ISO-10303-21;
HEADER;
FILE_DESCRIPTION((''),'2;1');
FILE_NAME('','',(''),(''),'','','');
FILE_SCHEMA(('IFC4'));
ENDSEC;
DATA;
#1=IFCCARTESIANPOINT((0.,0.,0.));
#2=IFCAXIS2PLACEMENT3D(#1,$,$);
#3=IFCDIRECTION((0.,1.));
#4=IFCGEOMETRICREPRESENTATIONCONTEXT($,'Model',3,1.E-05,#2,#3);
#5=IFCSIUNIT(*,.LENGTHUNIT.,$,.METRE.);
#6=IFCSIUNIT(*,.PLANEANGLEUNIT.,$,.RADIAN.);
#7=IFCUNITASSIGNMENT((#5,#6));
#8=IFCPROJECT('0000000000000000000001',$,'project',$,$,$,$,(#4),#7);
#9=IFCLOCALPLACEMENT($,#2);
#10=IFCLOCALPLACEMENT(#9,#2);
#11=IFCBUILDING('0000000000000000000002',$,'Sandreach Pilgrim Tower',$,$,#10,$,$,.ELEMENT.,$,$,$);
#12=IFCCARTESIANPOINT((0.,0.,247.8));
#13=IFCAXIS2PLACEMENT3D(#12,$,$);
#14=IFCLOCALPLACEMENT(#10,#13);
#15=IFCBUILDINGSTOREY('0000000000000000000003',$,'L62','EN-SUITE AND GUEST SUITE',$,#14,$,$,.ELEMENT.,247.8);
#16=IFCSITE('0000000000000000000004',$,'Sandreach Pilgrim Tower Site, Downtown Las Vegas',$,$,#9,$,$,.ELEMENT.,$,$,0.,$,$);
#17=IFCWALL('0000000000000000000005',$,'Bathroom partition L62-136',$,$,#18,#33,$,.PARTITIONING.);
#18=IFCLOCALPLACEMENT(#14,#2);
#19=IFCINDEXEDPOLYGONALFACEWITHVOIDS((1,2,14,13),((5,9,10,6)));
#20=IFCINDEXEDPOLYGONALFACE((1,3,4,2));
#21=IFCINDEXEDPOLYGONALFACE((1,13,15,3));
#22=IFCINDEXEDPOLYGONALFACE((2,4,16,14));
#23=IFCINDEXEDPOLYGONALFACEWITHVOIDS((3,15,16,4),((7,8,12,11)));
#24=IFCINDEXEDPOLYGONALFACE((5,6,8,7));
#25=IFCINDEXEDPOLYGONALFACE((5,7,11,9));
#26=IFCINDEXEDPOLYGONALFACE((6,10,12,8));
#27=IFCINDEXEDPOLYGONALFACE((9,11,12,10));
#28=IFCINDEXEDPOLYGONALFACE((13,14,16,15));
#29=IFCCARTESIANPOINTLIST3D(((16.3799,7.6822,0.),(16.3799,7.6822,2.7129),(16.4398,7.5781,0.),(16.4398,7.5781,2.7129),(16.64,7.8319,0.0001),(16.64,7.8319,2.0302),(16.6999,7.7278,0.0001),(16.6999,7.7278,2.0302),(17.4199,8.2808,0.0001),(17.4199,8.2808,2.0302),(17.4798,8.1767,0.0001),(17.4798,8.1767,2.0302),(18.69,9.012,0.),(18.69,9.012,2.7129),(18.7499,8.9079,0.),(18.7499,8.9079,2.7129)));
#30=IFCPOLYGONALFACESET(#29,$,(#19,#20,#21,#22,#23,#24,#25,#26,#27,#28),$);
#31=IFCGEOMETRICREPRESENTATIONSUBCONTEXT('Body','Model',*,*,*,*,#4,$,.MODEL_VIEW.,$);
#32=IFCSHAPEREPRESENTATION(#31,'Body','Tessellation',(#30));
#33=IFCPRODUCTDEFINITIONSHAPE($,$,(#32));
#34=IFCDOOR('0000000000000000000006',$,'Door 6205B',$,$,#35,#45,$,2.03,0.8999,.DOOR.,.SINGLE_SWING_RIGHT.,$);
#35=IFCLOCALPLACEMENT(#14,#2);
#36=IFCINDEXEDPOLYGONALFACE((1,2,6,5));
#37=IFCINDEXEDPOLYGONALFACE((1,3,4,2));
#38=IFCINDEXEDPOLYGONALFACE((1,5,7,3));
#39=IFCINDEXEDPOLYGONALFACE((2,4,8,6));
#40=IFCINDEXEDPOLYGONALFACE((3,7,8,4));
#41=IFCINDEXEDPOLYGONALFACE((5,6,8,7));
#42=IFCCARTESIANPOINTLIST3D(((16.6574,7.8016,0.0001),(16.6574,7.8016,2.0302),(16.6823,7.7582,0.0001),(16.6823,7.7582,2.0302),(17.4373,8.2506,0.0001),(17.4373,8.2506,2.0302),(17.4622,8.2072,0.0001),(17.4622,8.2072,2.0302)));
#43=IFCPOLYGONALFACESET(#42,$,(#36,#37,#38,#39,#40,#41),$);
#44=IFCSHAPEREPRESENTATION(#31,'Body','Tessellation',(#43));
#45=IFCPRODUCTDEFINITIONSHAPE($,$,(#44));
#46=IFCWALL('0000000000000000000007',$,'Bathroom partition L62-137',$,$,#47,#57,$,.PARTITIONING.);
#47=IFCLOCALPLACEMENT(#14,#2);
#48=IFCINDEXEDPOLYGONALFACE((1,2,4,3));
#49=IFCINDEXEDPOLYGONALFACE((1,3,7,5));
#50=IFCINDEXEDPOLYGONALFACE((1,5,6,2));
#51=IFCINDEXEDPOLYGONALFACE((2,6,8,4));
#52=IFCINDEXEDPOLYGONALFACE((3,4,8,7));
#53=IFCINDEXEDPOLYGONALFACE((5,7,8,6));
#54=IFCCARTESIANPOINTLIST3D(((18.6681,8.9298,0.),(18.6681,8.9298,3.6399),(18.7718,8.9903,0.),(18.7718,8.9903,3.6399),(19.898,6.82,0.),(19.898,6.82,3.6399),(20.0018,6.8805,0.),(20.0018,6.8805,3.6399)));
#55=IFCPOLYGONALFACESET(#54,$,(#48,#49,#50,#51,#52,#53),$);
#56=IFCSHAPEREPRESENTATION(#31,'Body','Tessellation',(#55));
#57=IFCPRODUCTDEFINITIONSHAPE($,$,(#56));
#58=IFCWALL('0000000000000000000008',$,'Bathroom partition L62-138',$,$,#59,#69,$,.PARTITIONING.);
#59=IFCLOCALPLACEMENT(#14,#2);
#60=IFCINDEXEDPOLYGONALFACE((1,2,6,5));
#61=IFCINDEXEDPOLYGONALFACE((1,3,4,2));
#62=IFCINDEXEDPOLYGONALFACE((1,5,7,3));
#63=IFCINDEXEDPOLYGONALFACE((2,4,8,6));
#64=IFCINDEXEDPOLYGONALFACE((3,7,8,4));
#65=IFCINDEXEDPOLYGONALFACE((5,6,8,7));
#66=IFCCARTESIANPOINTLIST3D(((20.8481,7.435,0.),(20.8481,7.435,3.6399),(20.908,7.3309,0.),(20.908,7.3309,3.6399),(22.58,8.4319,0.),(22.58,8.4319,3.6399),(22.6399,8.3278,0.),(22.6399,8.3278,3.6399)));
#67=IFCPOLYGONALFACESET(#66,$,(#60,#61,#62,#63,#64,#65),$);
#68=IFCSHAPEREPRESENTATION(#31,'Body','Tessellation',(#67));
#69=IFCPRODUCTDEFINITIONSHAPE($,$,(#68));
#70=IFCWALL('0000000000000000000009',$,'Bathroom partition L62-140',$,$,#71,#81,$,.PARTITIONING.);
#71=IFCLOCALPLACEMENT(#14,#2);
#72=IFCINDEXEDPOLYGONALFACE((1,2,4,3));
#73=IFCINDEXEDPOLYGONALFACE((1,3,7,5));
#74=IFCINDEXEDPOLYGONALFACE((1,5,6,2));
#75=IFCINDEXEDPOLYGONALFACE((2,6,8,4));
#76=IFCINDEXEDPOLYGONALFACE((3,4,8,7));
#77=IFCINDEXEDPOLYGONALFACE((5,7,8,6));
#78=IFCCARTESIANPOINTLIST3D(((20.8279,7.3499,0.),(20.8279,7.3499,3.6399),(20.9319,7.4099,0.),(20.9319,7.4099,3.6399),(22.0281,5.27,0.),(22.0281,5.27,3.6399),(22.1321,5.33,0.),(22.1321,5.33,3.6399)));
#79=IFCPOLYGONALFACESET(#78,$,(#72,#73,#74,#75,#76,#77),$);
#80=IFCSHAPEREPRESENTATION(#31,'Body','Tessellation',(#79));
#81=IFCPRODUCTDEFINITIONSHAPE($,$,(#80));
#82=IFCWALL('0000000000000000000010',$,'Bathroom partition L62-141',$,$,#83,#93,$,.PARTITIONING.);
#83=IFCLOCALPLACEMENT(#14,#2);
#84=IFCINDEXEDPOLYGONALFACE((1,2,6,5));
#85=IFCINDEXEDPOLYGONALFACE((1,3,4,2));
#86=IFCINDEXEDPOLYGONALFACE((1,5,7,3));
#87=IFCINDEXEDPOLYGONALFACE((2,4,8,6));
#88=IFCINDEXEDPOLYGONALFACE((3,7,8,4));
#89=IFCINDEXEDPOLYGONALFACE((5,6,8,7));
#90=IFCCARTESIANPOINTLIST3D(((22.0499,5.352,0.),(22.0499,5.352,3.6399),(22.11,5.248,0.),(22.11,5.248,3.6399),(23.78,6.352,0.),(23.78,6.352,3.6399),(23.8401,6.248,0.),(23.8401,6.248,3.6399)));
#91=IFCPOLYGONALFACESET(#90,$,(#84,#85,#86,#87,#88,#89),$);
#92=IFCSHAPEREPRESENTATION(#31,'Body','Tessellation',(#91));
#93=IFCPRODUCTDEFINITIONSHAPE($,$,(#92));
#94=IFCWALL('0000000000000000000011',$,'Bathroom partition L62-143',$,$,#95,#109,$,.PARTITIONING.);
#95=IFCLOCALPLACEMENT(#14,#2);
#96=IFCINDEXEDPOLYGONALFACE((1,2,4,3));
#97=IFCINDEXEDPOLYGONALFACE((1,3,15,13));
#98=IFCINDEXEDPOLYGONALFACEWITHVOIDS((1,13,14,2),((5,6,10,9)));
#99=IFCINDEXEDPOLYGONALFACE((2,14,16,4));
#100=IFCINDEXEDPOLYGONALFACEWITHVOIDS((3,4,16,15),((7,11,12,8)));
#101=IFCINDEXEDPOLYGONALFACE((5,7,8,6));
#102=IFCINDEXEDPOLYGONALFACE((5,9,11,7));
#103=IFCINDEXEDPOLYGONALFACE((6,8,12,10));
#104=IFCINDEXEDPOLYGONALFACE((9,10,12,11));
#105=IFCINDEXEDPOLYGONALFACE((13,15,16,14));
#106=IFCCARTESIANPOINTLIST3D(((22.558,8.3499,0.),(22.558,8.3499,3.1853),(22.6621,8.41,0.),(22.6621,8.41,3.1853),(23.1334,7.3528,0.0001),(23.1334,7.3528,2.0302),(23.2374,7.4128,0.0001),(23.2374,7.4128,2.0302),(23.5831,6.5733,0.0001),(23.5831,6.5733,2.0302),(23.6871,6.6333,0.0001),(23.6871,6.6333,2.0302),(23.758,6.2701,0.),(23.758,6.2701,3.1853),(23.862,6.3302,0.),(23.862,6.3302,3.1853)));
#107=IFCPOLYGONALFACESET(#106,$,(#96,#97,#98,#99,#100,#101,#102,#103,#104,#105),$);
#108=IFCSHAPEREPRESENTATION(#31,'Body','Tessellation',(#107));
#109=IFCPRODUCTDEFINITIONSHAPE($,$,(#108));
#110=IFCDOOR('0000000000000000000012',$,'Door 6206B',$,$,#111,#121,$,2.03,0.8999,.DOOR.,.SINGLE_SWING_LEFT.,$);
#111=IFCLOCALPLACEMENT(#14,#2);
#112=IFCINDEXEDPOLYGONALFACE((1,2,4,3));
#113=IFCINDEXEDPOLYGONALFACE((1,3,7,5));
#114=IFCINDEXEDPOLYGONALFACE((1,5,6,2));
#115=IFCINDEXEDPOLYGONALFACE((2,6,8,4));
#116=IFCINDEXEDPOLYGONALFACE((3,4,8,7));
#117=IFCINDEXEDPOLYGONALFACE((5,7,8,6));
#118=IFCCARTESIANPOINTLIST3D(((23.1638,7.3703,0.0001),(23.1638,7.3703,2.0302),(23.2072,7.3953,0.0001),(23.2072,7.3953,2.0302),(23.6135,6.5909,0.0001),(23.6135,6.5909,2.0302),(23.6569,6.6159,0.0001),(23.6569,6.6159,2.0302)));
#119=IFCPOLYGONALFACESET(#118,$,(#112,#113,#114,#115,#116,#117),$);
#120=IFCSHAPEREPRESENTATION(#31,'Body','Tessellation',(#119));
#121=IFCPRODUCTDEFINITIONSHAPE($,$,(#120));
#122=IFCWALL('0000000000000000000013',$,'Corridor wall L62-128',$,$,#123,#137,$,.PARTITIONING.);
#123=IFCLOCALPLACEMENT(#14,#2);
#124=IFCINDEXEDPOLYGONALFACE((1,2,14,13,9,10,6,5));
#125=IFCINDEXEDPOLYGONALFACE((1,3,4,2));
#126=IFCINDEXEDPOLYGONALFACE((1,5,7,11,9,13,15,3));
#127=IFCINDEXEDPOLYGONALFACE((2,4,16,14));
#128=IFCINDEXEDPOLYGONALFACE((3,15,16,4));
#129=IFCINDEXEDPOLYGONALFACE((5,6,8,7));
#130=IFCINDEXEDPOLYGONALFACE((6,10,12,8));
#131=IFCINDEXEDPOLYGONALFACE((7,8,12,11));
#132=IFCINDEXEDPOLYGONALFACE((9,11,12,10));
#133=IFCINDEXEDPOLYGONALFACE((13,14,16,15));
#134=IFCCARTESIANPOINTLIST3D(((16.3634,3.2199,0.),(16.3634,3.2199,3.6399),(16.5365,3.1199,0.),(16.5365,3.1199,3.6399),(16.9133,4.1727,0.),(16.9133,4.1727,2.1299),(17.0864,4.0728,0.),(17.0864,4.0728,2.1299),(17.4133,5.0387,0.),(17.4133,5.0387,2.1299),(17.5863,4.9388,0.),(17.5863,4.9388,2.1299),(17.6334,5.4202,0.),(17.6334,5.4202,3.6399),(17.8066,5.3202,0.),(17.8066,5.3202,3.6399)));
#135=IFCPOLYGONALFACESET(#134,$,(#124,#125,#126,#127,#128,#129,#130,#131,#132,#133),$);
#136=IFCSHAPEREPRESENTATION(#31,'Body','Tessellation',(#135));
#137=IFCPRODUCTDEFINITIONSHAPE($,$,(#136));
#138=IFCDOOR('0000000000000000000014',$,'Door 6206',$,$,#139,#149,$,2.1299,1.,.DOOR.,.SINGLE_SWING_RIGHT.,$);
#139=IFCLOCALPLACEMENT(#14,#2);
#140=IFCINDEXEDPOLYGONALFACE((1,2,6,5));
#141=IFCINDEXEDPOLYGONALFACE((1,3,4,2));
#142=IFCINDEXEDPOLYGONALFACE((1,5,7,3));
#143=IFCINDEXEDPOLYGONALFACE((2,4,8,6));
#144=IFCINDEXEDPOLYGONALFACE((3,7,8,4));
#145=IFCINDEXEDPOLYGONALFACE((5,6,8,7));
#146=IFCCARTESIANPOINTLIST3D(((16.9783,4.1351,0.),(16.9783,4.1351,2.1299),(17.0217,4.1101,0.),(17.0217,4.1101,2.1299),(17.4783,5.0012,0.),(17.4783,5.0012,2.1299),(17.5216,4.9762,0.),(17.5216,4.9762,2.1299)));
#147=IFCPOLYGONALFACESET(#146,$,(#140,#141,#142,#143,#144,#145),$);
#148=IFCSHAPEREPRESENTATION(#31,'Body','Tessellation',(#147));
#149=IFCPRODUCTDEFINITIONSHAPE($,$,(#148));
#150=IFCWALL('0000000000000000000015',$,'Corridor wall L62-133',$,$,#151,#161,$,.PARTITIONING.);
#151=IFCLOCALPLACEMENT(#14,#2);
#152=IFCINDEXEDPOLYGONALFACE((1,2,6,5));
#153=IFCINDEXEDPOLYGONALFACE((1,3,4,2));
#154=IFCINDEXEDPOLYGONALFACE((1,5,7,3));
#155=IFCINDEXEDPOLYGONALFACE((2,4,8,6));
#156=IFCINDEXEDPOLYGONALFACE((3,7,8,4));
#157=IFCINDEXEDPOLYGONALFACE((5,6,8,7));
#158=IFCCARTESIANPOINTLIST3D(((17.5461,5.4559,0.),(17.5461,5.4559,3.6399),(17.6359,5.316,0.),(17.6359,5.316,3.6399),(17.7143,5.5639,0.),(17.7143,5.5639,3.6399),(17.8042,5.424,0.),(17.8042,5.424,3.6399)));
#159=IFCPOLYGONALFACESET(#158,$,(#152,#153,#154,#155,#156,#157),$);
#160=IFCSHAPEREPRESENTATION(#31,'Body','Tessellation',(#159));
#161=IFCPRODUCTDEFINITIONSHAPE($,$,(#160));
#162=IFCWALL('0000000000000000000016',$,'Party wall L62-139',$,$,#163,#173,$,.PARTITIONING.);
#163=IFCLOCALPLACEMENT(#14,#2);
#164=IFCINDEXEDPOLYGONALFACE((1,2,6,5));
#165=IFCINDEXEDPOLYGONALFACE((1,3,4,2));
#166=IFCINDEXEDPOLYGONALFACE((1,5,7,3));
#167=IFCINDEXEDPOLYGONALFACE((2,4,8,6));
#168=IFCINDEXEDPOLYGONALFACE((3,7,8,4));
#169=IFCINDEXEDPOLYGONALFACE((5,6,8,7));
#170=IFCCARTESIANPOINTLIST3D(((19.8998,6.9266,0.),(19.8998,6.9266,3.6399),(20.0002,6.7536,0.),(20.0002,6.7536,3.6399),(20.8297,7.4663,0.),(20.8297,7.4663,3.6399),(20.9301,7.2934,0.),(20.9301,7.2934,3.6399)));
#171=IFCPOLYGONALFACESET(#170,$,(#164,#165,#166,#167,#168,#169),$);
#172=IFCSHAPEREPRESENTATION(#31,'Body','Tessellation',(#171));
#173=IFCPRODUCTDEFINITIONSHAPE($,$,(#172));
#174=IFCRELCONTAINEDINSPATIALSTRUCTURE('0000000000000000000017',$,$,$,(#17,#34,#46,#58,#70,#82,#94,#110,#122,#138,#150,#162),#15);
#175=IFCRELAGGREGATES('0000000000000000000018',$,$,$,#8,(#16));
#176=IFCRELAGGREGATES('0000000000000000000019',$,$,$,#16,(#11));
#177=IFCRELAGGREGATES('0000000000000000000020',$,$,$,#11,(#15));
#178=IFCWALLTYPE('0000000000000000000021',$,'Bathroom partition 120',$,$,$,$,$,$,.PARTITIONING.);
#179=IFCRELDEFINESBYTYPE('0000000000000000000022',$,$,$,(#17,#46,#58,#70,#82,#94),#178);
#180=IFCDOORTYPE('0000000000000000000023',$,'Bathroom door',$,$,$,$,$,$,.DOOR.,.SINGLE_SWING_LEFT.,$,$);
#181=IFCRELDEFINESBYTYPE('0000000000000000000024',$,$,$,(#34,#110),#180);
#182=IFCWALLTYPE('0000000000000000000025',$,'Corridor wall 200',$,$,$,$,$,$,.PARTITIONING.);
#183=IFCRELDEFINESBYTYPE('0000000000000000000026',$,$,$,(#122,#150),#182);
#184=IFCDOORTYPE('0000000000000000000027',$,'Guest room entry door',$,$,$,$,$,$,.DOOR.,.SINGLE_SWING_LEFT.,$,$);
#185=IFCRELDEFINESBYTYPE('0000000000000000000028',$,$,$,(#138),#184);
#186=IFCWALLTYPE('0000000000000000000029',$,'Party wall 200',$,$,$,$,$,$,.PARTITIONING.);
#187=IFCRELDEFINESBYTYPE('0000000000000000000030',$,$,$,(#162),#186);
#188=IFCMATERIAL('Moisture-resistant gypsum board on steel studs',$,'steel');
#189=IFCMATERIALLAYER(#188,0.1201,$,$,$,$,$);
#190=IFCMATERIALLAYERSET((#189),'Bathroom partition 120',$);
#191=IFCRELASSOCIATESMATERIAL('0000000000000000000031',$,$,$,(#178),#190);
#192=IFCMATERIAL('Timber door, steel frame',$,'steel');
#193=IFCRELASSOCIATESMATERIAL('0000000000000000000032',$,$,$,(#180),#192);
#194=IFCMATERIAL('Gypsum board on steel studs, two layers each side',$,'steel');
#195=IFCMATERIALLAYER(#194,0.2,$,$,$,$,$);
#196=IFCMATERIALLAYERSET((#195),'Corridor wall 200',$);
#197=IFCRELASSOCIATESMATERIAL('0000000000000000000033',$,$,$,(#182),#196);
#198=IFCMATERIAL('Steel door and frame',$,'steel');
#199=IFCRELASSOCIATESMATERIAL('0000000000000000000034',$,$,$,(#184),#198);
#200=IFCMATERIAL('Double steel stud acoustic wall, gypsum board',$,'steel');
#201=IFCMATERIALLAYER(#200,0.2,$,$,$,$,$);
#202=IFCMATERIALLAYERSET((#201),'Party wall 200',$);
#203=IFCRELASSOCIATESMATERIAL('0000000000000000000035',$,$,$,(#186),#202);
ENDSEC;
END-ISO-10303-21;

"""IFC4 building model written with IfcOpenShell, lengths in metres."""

from ifc_helpers import new_model, si_unit, direction, frame, frame_2d, origin, place, context, subcontext, project, spatial, rectangle, extrude, material, layer, layer_set, type_object, element, fill, save


model = new_model("IFC4")

# Units and contexts
model_context = context("Model", 3, precision=1e-05, world=origin(), true_north=direction((0.0, 1.0)))
body_context = subcontext(model_context, "Body", "Model", "MODEL_VIEW")
ifc_project = project(units=[si_unit("LENGTHUNIT", "METRE"), si_unit("PLANEANGLEUNIT", "RADIAN")], contexts=[model_context])

# Site, building, storey
site_placement = place(None, origin())
site = spatial("IfcSite", under=ifc_project, at=site_placement, Name="Sandreach Pilgrim Tower Site, Downtown Las Vegas", CompositionType="ELEMENT", RefElevation=0.0)
building_placement = place(site_placement, origin())
building = spatial("IfcBuilding", under=site, at=building_placement, Name="Sandreach Pilgrim Tower", CompositionType="ELEMENT")
storey_placement = place(building_placement, frame((0.0, 0.0, 247.8)))
storey = spatial("IfcBuildingStorey", under=building, at=storey_placement, Name="L62", Description="EN-SUITE AND GUEST SUITE", CompositionType="ELEMENT", Elevation=247.8)

# Shared definitions
ifc_material_1 = material(Name="Moisture-resistant gypsum board on steel studs", Category="steel")
ifc_layer_1 = layer(ifc_material_1, 0.1201)
ifc_layer_set_1 = layer_set([ifc_layer_1], Name="Bathroom partition 120")
wall_type_1 = type_object("IfcWallType", Name="Bathroom partition 120", PredefinedType="PARTITIONING", material=ifc_layer_set_1)

# Wall, opening, door
wall_1_placement = place(storey_placement, frame((18.72, 8.96, 0.0), z_axis=(0.0, 0.0, 1.0), x_axis=(-0.866655, -0.498908, 0.0)))
wall_1 = element("IfcWall", 1, at=wall_1_placement, inside=storey, type_object=wall_type_1, Name="Bathroom partition L62-136", PredefinedType="PARTITIONING", context=body_context, shape_type="SweptSolid", body=[
    extrude(rectangle(XDim=2.6655, YDim=0.1201, at=frame_2d((1.3328, 0.0))), origin(), (0.0, 0.0, 1.0), 2.7129),
])
opening_1_placement = place(wall_1_placement, frame((1.4656, 0.0, 0.0)))
opening_1 = element("IfcOpeningElement", 2, at=opening_1_placement, cuts=wall_1, PredefinedType="OPENING", context=body_context, shape_type="SweptSolid", body=[
    extrude(rectangle(XDim=0.8999, YDim=2.03, at=frame_2d((0.45, 1.0151))), frame((0.0, 0.0601, 0.0), z_axis=(0.0, -1.0, 0.0), x_axis=(1.0, 0.0, 0.0)), (0.0, 0.0, 1.0), 0.1201),
])
ifc_material_2 = material(Name="Timber door, steel frame", Category="steel")
door_type_1 = type_object("IfcDoorType", Name="Bathroom door", OperationType="SINGLE_SWING_LEFT", PredefinedType="DOOR", material=ifc_material_2)
door_1_placement = place(opening_1_placement, origin())
door_1 = element("IfcDoor", 3, at=door_1_placement, inside=storey, type_object=door_type_1, Name="Door 6205B", OperationType="SINGLE_SWING_RIGHT", OverallHeight=2.03, OverallWidth=0.8999, PredefinedType="DOOR", context=body_context, shape_type="SweptSolid", body=[
    extrude(rectangle(XDim=0.8999, YDim=2.03, at=frame_2d((0.45, 1.0151))), frame((0.0, 0.0249, 0.0), z_axis=(0.0, -1.0, 0.0), x_axis=(1.0, 0.0, 0.0)), (0.0, 0.0, 1.0), 0.05),
])
fill(opening_1, door_1)

# Walls
wall_2_placement = place(storey_placement, frame((19.95, 6.8501, 0.0), z_axis=(0.0, 0.0, 1.0), x_axis=(-0.503635, 0.863917, 0.0)))
element("IfcWall", 4, at=wall_2_placement, inside=storey, type_object=wall_type_1, Name="Bathroom partition L62-137", PredefinedType="PARTITIONING", context=body_context, shape_type="SweptSolid", body=[
    extrude(rectangle(XDim=2.4421, YDim=0.1201, at=frame_2d((1.2212, 0.0))), origin(), (0.0, 0.0, 1.0), 3.6399),
])
wall_3_placement = place(storey_placement, frame((20.8782, 7.3831, 0.0), z_axis=(0.0, 0.0, 1.0), x_axis=(0.866698, 0.498834, 0.0)))
element("IfcWall", 5, at=wall_3_placement, inside=storey, type_object=wall_type_1, Name="Bathroom partition L62-138", PredefinedType="PARTITIONING", context=body_context, shape_type="SweptSolid", body=[
    extrude(rectangle(XDim=1.9983, YDim=0.1201, at=frame_2d((0.999, 0.0))), origin(), (0.0, 0.0, 1.0), 3.6399),
])
wall_4_placement = place(storey_placement, frame((20.8799, 7.3799, 0.0), z_axis=(0.0, 0.0, 1.0), x_axis=(0.499813, -0.866133, 0.0)))
element("IfcWall", 6, at=wall_4_placement, inside=storey, type_object=wall_type_1, Name="Bathroom partition L62-140", PredefinedType="PARTITIONING", context=body_context, shape_type="SweptSolid", body=[
    extrude(rectangle(XDim=2.4014, YDim=0.1201, at=frame_2d((1.2007, 0.0))), origin(), (0.0, 0.0, 1.0), 3.6399),
])
wall_5_placement = place(storey_placement, frame((22.0801, 5.3, 0.0), z_axis=(0.0, 0.0, 1.0), x_axis=(0.865766, 0.500449, 0.0)))
element("IfcWall", 7, at=wall_5_placement, inside=storey, type_object=wall_type_1, Name="Bathroom partition L62-141", PredefinedType="PARTITIONING", context=body_context, shape_type="SweptSolid", body=[
    extrude(rectangle(XDim=1.9983, YDim=0.1201, at=frame_2d((0.999, 0.0))), origin(), (0.0, 0.0, 1.0), 3.6399),
])

# Walls, openings, doors
wall_6_placement = place(storey_placement, frame((23.8101, 6.3, 0.0), z_axis=(0.0, 0.0, 1.0), x_axis=(-0.499737, 0.866177, 0.0)))
wall_6 = element("IfcWall", 8, at=wall_6_placement, inside=storey, type_object=wall_type_1, Name="Bathroom partition L62-143", PredefinedType="PARTITIONING", context=body_context, shape_type="SweptSolid", body=[
    extrude(rectangle(XDim=2.4011, YDim=0.1201, at=frame_2d((1.2007, 0.0))), origin(), (0.0, 0.0, 1.0), 3.1853),
])
opening_2_placement = place(wall_6_placement, frame((0.3501, 0.0, 0.0)))
opening_2 = element("IfcOpeningElement", 9, at=opening_2_placement, cuts=wall_6, PredefinedType="OPENING", context=body_context, shape_type="SweptSolid", body=[
    extrude(rectangle(XDim=0.8999, YDim=2.03, at=frame_2d((0.45, 1.0151))), frame((0.0, 0.0601, 0.0), z_axis=(0.0, -1.0, 0.0), x_axis=(1.0, 0.0, 0.0)), (0.0, 0.0, 1.0), 0.1201),
])
door_2_placement = place(opening_2_placement, origin())
door_2 = element("IfcDoor", 10, at=door_2_placement, inside=storey, type_object=door_type_1, Name="Door 6206B", OperationType="SINGLE_SWING_LEFT", OverallHeight=2.03, OverallWidth=0.8999, PredefinedType="DOOR", context=body_context, shape_type="SweptSolid", body=[
    extrude(rectangle(XDim=0.8999, YDim=2.03, at=frame_2d((0.45, 1.0151))), frame((0.0, 0.0249, 0.0), z_axis=(0.0, -1.0, 0.0), x_axis=(1.0, 0.0, 0.0)), (0.0, 0.0, 1.0), 0.05),
])
fill(opening_2, door_2)
ifc_material_3 = material(Name="Gypsum board on steel studs, two layers each side", Category="steel")
ifc_layer_2 = layer(ifc_material_3, 0.2)
ifc_layer_set_2 = layer_set([ifc_layer_2], Name="Corridor wall 200")
wall_type_2 = type_object("IfcWallType", Name="Corridor wall 200", PredefinedType="PARTITIONING", material=ifc_layer_set_2)
wall_7_placement = place(storey_placement, frame((16.45, 3.1699, 0.0), z_axis=(0.0, 0.0, 1.0), x_axis=(0.499922, 0.86607, 0.0)))
wall_7 = element("IfcWall", 11, at=wall_7_placement, inside=storey, type_object=wall_type_2, Name="Corridor wall L62-128", PredefinedType="PARTITIONING", context=body_context, shape_type="SweptSolid", body=[
    extrude(rectangle(XDim=2.5405, YDim=0.2, at=frame_2d((1.2703, 0.0))), origin(), (0.0, 0.0, 1.0), 3.6399),
])
opening_3_placement = place(wall_7_placement, frame((1.1001, 0.0, 0.0)))
opening_3 = element("IfcOpeningElement", 12, at=opening_3_placement, cuts=wall_7, PredefinedType="OPENING", context=body_context, shape_type="SweptSolid", body=[
    extrude(rectangle(XDim=1.0, YDim=2.1299, at=frame_2d((0.5, 1.0649))), frame((0.0, 0.1001, 0.0), z_axis=(0.0, -1.0, 0.0), x_axis=(1.0, 0.0, 0.0)), (0.0, 0.0, 1.0), 0.2),
])
ifc_material_4 = material(Name="Steel door and frame", Category="steel")
door_type_2 = type_object("IfcDoorType", Name="Guest room entry door", OperationType="SINGLE_SWING_LEFT", PredefinedType="DOOR", material=ifc_material_4)
door_3_placement = place(opening_3_placement, origin())
door_3 = element("IfcDoor", 13, at=door_3_placement, inside=storey, type_object=door_type_2, Name="Door 6206", OperationType="SINGLE_SWING_RIGHT", OverallHeight=2.1299, OverallWidth=1.0, PredefinedType="DOOR", context=body_context, shape_type="SweptSolid", body=[
    extrude(rectangle(XDim=1.0, YDim=2.1299, at=frame_2d((0.5, 1.0649))), frame((0.0, 0.0249, 0.0), z_axis=(0.0, -1.0, 0.0), x_axis=(1.0, 0.0, 0.0)), (0.0, 0.0, 1.0), 0.05),
])
fill(opening_3, door_3)

# Walls
wall_8_placement = place(storey_placement, frame((17.72, 5.3701, 0.0), z_axis=(0.0, 0.0, 1.0), x_axis=(-0.540386, 0.841417, 0.0)))
element("IfcWall", 14, at=wall_8_placement, inside=storey, type_object=wall_type_2, Name="Corridor wall L62-133", PredefinedType="PARTITIONING", context=body_context, shape_type="SweptSolid", body=[
    extrude(rectangle(XDim=0.1663, YDim=0.2, at=frame_2d((0.083, 0.0))), origin(), (0.0, 0.0, 1.0), 3.6399),
])
ifc_material_5 = material(Name="Double steel stud acoustic wall, gypsum board", Category="steel")
ifc_layer_3 = layer(ifc_material_5, 0.2)
ifc_layer_set_3 = layer_set([ifc_layer_3], Name="Party wall 200")
wall_type_3 = type_object("IfcWallType", Name="Party wall 200", PredefinedType="PARTITIONING", material=ifc_layer_set_3)
wall_9_placement = place(storey_placement, frame((20.8799, 7.3799, 0.0), z_axis=(0.0, 0.0, 1.0), x_axis=(-0.864856, -0.50202, 0.0)))
element("IfcWall", 15, at=wall_9_placement, inside=storey, type_object=wall_type_3, Name="Party wall L62-139", PredefinedType="PARTITIONING", context=body_context, shape_type="SweptSolid", body=[
    extrude(rectangle(XDim=1.0752, YDim=0.2, at=frame_2d((0.5376, 0.0))), origin(), (0.0, 0.0, 1.0), 3.6399),
])

save(model, "model.ifc")
